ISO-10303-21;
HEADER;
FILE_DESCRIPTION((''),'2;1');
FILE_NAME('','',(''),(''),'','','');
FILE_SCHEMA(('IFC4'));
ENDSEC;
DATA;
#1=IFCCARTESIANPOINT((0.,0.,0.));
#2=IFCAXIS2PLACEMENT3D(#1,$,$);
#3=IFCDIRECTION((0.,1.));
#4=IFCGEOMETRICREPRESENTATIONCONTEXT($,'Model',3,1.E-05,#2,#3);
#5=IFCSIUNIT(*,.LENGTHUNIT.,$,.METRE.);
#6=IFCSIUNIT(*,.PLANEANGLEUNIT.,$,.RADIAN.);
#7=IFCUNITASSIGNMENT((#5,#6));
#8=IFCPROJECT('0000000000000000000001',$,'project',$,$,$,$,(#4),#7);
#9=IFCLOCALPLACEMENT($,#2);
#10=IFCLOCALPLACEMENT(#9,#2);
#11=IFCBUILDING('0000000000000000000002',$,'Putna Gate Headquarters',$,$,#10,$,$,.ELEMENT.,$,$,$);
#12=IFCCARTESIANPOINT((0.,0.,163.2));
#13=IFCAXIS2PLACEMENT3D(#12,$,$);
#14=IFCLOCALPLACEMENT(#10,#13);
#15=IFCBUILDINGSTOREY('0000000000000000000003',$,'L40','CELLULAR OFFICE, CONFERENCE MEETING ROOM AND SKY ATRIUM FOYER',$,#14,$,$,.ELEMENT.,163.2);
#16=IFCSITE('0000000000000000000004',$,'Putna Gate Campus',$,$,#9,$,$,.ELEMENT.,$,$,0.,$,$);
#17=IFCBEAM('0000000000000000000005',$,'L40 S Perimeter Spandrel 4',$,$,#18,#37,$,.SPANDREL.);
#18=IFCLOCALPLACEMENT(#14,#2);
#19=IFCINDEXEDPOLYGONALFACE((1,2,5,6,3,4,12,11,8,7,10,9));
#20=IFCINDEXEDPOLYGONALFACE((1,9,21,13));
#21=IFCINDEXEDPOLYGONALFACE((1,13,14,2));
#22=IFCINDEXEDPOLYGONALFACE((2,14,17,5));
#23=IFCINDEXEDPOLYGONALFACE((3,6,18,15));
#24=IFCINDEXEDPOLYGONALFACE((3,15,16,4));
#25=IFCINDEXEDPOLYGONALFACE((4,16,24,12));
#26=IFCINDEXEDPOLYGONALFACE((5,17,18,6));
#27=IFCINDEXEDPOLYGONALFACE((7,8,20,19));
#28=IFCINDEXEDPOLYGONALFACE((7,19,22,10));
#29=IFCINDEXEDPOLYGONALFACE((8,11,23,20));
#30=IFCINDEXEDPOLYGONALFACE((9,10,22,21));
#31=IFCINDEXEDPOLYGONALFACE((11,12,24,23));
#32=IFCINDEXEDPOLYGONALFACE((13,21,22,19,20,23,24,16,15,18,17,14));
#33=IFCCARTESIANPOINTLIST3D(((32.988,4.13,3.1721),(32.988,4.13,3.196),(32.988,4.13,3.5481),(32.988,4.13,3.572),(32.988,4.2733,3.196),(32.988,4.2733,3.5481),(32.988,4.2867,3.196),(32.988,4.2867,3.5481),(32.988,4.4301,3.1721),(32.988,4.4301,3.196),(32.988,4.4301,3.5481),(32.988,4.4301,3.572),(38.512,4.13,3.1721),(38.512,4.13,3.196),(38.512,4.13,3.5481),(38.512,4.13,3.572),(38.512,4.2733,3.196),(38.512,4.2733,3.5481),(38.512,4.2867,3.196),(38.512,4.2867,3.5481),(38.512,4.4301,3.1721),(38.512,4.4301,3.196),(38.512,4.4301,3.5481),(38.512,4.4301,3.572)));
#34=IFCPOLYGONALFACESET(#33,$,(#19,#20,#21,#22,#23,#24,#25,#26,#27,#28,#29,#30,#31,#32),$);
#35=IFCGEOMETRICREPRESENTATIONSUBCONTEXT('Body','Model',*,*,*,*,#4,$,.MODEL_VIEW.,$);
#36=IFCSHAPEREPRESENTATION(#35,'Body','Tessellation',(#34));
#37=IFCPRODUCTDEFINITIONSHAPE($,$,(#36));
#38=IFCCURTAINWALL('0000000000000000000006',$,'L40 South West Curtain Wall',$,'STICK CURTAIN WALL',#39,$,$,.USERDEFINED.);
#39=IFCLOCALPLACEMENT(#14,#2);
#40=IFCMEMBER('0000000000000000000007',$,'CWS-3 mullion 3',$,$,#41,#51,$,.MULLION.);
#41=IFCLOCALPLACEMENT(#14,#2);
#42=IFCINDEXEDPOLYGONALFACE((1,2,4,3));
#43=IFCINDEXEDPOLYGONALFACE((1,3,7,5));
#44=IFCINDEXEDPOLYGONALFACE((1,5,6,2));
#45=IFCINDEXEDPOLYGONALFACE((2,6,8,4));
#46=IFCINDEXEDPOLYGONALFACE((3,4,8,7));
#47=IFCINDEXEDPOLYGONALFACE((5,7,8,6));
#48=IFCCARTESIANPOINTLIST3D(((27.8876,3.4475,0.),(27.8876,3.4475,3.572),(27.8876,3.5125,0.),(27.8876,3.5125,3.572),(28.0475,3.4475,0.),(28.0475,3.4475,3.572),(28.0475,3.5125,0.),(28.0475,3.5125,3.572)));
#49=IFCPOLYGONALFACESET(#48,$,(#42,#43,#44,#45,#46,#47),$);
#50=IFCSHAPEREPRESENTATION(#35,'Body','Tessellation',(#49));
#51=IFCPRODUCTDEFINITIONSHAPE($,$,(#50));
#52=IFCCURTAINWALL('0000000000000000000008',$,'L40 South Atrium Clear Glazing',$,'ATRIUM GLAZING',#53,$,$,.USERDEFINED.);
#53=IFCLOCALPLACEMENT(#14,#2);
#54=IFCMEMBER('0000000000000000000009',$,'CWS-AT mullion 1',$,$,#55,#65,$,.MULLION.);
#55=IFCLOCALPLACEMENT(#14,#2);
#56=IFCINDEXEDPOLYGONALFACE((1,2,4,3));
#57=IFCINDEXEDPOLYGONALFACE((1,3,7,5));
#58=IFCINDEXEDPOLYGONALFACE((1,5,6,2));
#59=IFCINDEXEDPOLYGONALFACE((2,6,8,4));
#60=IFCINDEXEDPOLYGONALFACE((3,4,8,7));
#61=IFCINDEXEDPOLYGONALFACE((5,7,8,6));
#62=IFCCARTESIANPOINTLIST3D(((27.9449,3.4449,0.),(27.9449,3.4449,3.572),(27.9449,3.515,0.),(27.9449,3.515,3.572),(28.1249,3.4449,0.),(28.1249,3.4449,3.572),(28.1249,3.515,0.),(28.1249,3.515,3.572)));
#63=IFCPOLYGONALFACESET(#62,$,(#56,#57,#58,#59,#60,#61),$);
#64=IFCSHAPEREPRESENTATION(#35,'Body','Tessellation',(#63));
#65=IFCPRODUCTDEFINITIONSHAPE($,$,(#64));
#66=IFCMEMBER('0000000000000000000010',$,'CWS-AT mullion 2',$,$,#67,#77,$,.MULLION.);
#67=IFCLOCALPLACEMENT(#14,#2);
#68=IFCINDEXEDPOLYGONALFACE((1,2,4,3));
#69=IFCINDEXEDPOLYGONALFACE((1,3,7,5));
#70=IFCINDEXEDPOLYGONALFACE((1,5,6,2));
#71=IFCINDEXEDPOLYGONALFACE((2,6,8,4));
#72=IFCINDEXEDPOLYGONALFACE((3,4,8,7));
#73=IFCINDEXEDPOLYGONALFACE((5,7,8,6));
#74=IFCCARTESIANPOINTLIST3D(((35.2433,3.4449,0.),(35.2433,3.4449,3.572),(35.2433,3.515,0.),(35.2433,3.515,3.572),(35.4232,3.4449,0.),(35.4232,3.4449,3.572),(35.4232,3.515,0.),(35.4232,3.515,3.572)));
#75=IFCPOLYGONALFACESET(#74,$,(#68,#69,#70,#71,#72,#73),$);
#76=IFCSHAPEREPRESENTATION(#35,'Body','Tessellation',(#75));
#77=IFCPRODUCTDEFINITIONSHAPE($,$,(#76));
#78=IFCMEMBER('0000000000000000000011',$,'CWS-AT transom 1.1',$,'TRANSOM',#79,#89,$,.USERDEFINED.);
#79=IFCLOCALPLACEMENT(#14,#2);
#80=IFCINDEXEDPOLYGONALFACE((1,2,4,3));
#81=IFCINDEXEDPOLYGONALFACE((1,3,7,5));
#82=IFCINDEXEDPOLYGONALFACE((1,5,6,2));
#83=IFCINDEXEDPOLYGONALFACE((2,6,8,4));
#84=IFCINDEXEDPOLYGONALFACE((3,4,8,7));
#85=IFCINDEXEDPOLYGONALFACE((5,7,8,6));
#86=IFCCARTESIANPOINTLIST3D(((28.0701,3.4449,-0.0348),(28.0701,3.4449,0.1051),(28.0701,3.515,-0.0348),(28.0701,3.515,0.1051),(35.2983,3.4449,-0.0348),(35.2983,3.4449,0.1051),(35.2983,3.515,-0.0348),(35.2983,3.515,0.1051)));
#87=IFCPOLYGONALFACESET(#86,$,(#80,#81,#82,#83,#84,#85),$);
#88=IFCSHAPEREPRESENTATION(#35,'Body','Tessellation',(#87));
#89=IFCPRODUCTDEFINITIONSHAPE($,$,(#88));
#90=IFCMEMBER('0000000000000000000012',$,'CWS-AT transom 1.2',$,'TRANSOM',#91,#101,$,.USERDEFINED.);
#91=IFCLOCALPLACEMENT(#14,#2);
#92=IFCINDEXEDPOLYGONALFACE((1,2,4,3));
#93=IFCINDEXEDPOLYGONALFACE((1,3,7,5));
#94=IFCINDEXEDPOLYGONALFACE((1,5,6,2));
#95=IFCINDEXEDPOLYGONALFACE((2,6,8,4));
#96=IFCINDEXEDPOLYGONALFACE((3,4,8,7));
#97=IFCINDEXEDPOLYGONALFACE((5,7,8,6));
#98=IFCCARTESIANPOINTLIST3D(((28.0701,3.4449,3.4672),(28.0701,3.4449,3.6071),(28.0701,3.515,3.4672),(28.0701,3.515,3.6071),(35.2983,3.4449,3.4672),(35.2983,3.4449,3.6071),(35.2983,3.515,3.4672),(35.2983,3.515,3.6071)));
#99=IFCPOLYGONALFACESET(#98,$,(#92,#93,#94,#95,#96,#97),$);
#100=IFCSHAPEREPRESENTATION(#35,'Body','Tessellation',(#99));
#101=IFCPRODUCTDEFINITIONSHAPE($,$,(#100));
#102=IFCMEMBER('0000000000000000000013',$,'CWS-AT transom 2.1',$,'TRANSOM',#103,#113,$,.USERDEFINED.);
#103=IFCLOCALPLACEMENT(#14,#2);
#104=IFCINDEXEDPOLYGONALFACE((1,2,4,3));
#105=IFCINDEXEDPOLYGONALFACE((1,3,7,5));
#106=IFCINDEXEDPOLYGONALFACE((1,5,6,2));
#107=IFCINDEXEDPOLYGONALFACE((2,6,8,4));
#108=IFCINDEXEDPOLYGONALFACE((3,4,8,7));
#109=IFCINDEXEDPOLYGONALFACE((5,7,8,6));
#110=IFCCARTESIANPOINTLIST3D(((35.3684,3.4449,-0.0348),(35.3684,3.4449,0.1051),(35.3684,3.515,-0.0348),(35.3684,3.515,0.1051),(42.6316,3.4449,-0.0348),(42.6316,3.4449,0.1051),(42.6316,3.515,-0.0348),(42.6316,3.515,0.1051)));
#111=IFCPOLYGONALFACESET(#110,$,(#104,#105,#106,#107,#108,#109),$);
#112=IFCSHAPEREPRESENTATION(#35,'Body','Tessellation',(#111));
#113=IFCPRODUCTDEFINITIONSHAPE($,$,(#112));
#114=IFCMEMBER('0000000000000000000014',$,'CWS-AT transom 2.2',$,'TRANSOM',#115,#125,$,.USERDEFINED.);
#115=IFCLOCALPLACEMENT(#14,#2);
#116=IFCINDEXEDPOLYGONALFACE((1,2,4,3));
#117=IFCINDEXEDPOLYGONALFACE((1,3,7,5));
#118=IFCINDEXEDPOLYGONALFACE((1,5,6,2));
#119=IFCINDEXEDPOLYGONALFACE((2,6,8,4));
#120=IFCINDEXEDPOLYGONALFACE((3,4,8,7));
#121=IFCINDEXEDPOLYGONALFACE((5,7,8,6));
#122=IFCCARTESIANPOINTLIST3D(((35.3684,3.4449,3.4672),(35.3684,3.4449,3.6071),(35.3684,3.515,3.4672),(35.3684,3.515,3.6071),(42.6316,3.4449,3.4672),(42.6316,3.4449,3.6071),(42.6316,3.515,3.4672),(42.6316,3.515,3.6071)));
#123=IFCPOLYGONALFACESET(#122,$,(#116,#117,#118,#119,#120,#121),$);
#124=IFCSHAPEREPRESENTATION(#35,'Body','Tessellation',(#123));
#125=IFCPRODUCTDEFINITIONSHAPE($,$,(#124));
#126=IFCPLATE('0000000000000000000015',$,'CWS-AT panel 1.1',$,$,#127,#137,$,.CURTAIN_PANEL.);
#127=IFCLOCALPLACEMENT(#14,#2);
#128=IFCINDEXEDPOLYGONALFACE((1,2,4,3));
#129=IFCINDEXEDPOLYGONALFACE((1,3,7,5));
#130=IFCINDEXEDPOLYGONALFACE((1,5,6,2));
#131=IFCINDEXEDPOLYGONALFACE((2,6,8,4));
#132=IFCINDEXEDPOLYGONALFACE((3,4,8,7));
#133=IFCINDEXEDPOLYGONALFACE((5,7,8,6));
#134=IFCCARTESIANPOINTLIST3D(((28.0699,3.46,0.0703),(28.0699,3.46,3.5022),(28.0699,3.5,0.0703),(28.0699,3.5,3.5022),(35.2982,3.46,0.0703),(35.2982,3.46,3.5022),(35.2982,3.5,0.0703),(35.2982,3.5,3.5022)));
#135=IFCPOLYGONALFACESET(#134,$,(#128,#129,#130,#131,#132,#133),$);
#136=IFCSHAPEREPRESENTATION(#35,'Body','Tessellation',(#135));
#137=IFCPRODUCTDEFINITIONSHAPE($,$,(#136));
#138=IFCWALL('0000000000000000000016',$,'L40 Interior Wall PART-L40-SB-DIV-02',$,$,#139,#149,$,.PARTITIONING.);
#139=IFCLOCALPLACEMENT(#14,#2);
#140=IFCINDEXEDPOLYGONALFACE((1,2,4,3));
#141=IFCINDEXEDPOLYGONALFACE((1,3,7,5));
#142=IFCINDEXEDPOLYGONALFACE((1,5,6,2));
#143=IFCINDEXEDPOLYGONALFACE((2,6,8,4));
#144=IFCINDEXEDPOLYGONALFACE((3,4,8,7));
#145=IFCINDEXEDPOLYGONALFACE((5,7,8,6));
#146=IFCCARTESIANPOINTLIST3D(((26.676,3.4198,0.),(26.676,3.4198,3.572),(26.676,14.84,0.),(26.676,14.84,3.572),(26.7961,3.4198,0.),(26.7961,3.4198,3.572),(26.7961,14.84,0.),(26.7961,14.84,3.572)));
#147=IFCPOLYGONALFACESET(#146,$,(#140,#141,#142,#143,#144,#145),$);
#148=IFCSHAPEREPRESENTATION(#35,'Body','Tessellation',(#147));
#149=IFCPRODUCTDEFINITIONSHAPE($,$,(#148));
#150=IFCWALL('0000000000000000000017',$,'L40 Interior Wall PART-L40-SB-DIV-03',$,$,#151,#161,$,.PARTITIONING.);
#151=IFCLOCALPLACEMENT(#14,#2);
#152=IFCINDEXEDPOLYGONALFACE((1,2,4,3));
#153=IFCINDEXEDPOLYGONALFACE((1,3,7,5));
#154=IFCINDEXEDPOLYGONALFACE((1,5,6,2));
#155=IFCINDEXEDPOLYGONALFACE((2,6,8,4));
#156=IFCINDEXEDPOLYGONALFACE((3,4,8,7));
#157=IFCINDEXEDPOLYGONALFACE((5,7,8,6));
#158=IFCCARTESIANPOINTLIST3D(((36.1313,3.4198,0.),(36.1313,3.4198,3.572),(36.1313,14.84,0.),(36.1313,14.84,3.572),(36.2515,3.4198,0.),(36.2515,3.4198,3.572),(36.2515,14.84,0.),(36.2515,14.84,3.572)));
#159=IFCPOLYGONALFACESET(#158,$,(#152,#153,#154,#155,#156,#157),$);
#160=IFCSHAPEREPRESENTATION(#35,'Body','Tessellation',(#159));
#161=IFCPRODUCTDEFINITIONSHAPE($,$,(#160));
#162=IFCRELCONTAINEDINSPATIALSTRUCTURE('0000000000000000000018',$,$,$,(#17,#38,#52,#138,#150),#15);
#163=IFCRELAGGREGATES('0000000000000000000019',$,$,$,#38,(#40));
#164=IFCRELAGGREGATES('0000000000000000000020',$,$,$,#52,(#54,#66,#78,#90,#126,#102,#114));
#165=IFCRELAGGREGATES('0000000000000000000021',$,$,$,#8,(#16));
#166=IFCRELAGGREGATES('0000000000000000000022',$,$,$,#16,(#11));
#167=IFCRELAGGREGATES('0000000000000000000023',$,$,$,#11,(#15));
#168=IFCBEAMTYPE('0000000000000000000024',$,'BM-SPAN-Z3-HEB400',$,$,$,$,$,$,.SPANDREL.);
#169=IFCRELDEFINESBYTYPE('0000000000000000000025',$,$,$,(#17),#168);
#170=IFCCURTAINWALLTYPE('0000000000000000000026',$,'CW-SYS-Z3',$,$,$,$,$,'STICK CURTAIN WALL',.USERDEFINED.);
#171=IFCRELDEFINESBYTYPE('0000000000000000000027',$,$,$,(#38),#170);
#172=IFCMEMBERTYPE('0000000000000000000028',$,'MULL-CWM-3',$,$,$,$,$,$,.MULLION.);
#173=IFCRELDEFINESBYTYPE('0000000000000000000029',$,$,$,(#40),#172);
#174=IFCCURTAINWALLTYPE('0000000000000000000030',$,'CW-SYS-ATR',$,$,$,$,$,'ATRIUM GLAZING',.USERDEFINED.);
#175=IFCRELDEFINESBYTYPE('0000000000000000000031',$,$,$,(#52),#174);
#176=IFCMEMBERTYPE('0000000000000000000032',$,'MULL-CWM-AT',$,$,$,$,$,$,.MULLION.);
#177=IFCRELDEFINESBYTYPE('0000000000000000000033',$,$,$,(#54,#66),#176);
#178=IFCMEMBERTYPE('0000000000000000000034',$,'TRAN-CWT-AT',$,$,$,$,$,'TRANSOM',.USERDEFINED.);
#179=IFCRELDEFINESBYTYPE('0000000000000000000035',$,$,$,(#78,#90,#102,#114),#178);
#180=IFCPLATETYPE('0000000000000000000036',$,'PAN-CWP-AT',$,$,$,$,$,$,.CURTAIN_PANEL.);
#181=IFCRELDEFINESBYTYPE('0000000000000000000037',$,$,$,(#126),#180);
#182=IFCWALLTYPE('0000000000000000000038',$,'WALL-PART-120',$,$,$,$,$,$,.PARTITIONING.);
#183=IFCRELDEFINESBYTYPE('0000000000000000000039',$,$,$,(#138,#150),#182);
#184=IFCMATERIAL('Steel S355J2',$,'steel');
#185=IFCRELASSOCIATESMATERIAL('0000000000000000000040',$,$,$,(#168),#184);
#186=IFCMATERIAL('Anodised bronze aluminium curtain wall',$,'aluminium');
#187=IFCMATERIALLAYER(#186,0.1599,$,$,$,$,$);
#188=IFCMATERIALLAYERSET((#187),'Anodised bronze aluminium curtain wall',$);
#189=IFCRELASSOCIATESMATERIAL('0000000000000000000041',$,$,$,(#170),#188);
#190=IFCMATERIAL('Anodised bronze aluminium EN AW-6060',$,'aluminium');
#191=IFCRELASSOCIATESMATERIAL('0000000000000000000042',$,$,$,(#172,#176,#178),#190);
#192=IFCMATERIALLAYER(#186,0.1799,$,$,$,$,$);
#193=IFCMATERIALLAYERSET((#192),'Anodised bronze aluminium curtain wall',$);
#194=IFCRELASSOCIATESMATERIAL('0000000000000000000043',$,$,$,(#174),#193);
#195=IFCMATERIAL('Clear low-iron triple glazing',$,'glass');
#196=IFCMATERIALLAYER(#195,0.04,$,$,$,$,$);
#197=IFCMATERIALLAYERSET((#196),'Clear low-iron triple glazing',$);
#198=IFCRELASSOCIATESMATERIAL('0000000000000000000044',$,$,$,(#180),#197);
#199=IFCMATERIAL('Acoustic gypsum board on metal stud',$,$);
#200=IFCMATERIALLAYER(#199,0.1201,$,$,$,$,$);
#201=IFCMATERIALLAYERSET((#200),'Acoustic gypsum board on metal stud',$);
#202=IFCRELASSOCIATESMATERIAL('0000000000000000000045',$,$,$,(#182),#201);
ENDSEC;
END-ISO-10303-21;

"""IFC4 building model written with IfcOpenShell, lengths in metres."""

from ifc_helpers import new_model, si_unit, direction, frame, frame_2d, origin, origin_2d, place, context, subcontext, project, spatial, rectangle, i_section, extrude, material, layer, layer_set, material_profile, profile_set, type_object, element, aggregate, save


model = new_model("IFC4")

# Units and contexts
model_context = context("Model", 3, precision=1e-05, world=origin(), true_north=direction((0.0, 1.0)))
body_context = subcontext(model_context, "Body", "Model", "MODEL_VIEW")
ifc_project = project(units=[si_unit("LENGTHUNIT", "METRE"), si_unit("PLANEANGLEUNIT", "RADIAN")], contexts=[model_context])

# Site, building, storey
site_placement = place(None, origin())
site = spatial("IfcSite", under=ifc_project, at=site_placement, Name="Putna Gate Campus", CompositionType="ELEMENT", RefElevation=0.0)
building_placement = place(site_placement, origin())
building = spatial("IfcBuilding", under=site, at=building_placement, Name="Putna Gate Headquarters", CompositionType="ELEMENT")
storey_placement = place(building_placement, frame((0.0, 0.0, 163.2)))
storey = spatial("IfcBuildingStorey", under=building, at=storey_placement, Name="L40", Description="CELLULAR OFFICE, CONFERENCE MEETING ROOM AND SKY ATRIUM FOYER", CompositionType="ELEMENT", Elevation=163.2)

# Beam
ifc_material_1 = material(Name="Steel S355J2", Category="steel")
ifc_material_profile_1 = material_profile(ifc_material_1, i_section(OverallWidth=0.3, OverallDepth=0.3999, WebThickness=0.0134, FlangeThickness=0.0239, at=origin_2d()), Name="Steel S355J2")
ifc_profile_set_1 = profile_set([ifc_material_profile_1], Name="Steel S355J2")
beam_type_1 = type_object("IfcBeamType", Name="BM-SPAN-Z3-HEB400", PredefinedType="SPANDREL", material=ifc_profile_set_1)
beam_1_placement = place(storey_placement, frame((32.988, 4.28, 3.3721), z_axis=(1.0, 0.0, 0.0), x_axis=(0.0, 1.0, 0.0)))
element("IfcBeam", 1, at=beam_1_placement, inside=storey, type_object=beam_type_1, Name="L40 S Perimeter Spandrel 4", PredefinedType="SPANDREL", context=body_context, shape_type="SweptSolid", body=[
    extrude(i_section(OverallWidth=0.3, OverallDepth=0.3999, WebThickness=0.0134, FlangeThickness=0.0239, at=origin_2d()), origin(), (0.0, 0.0, 1.0), 5.5239),
])

# Curtain wall, member
ifc_material_2 = material(Name="Anodised bronze aluminium curtain wall", Category="aluminium")
ifc_layer_1 = layer(ifc_material_2, 0.1599)
ifc_layer_set_1 = layer_set([ifc_layer_1], Name="Anodised bronze aluminium curtain wall")
curtain_wall_type_1 = type_object("IfcCurtainWallType", Name="CW-SYS-Z3", ElementType="STICK CURTAIN WALL", PredefinedType="USERDEFINED", material=ifc_layer_set_1)
curtain_wall_1_placement = place(storey_placement, origin())
curtain_wall_1 = element("IfcCurtainWall", 2, at=curtain_wall_1_placement, inside=storey, type_object=curtain_wall_type_1, Name="L40 South West Curtain Wall", ObjectType="STICK CURTAIN WALL", PredefinedType="USERDEFINED")
ifc_material_3 = material(Name="Anodised bronze aluminium EN AW-6060", Category="aluminium")
ifc_material_profile_2 = material_profile(ifc_material_3, rectangle(XDim=0.0649, YDim=0.1599, at=origin_2d()), Name="Anodised bronze aluminium EN AW-6060")
ifc_profile_set_2 = profile_set([ifc_material_profile_2], Name="Anodised bronze aluminium EN AW-6060")
member_type_1 = type_object("IfcMemberType", Name="MULL-CWM-3", PredefinedType="MULLION", material=ifc_profile_set_2)
member_1_placement = place(storey_placement, frame((27.9675, 3.48, 0.0), z_axis=(0.0, 0.0, 1.0), x_axis=(0.0, 1.0, 0.0)))
member_1 = element("IfcMember", 3, at=member_1_placement, type_object=member_type_1, Name="CWS-3 mullion 3", PredefinedType="MULLION", context=body_context, shape_type="SweptSolid", body=[
    extrude(rectangle(XDim=0.0649, YDim=0.1599, at=origin_2d()), origin(), (0.0, 0.0, 1.0), 3.572),
])
aggregate(curtain_wall_1, [member_1])

# Curtain wall, members, plate
ifc_layer_2 = layer(ifc_material_2, 0.1799)
ifc_layer_set_2 = layer_set([ifc_layer_2], Name="Anodised bronze aluminium curtain wall")
curtain_wall_type_2 = type_object("IfcCurtainWallType", Name="CW-SYS-ATR", ElementType="ATRIUM GLAZING", PredefinedType="USERDEFINED", material=ifc_layer_set_2)
curtain_wall_2_placement = place(storey_placement, origin())
curtain_wall_2 = element("IfcCurtainWall", 4, at=curtain_wall_2_placement, inside=storey, type_object=curtain_wall_type_2, Name="L40 South Atrium Clear Glazing", ObjectType="ATRIUM GLAZING", PredefinedType="USERDEFINED")
ifc_material_profile_3 = material_profile(ifc_material_3, rectangle(XDim=0.0701, YDim=0.1799, at=origin_2d()), Name="Anodised bronze aluminium EN AW-6060")
ifc_profile_set_3 = profile_set([ifc_material_profile_3], Name="Anodised bronze aluminium EN AW-6060")
member_type_2 = type_object("IfcMemberType", Name="MULL-CWM-AT", PredefinedType="MULLION", material=ifc_profile_set_3)
member_2_placement = place(storey_placement, frame((28.0349, 3.48, 0.0), z_axis=(0.0, 0.0, 1.0), x_axis=(0.0, 1.0, 0.0)))
member_2 = element("IfcMember", 5, at=member_2_placement, type_object=member_type_2, Name="CWS-AT mullion 1", PredefinedType="MULLION", context=body_context, shape_type="SweptSolid", body=[
    extrude(rectangle(XDim=0.0701, YDim=0.1799, at=origin_2d()), origin(), (0.0, 0.0, 1.0), 3.572),
])
member_3_placement = place(storey_placement, frame((35.3333, 3.48, 0.0), z_axis=(0.0, 0.0, 1.0), x_axis=(0.0, 1.0, 0.0)))
member_3 = element("IfcMember", 6, at=member_3_placement, type_object=member_type_2, Name="CWS-AT mullion 2", PredefinedType="MULLION", context=body_context, shape_type="SweptSolid", body=[
    extrude(rectangle(XDim=0.0701, YDim=0.1799, at=origin_2d()), origin(), (0.0, 0.0, 1.0), 3.572),
])
ifc_material_profile_4 = material_profile(ifc_material_3, rectangle(XDim=0.0701, YDim=0.1399, at=origin_2d()), Name="Anodised bronze aluminium EN AW-6060")
ifc_profile_set_4 = profile_set([ifc_material_profile_4], Name="Anodised bronze aluminium EN AW-6060")
member_type_3 = type_object("IfcMemberType", Name="TRAN-CWT-AT", ElementType="TRANSOM", PredefinedType="USERDEFINED", material=ifc_profile_set_4)
member_4_placement = place(storey_placement, frame((28.0701, 3.48, 0.0352), z_axis=(1.0, 0.0, 0.0), x_axis=(0.0, 1.0, 0.0)))
member_4 = element("IfcMember", 7, at=member_4_placement, type_object=member_type_3, Name="CWS-AT transom 1.1", ObjectType="TRANSOM", PredefinedType="USERDEFINED", context=body_context, shape_type="SweptSolid", body=[
    extrude(rectangle(XDim=0.0701, YDim=0.1399, at=origin_2d()), origin(), (0.0, 0.0, 1.0), 7.2283),
])
member_5_placement = place(storey_placement, frame((28.0701, 3.48, 3.5371), z_axis=(1.0, 0.0, 0.0), x_axis=(0.0, 1.0, 0.0)))
member_5 = element("IfcMember", 8, at=member_5_placement, type_object=member_type_3, Name="CWS-AT transom 1.2", ObjectType="TRANSOM", PredefinedType="USERDEFINED", context=body_context, shape_type="SweptSolid", body=[
    extrude(rectangle(XDim=0.0701, YDim=0.1399, at=origin_2d()), origin(), (0.0, 0.0, 1.0), 7.2283),
])
member_6_placement = place(storey_placement, frame((35.3684, 3.48, 0.0352), z_axis=(1.0, 0.0, 0.0), x_axis=(0.0, 1.0, 0.0)))
member_6 = element("IfcMember", 9, at=member_6_placement, type_object=member_type_3, Name="CWS-AT transom 2.1", ObjectType="TRANSOM", PredefinedType="USERDEFINED", context=body_context, shape_type="SweptSolid", body=[
    extrude(rectangle(XDim=0.0701, YDim=0.1399, at=origin_2d()), origin(), (0.0, 0.0, 1.0), 7.2632),
])
member_7_placement = place(storey_placement, frame((35.3684, 3.48, 3.5371), z_axis=(1.0, 0.0, 0.0), x_axis=(0.0, 1.0, 0.0)))
member_7 = element("IfcMember", 10, at=member_7_placement, type_object=member_type_3, Name="CWS-AT transom 2.2", ObjectType="TRANSOM", PredefinedType="USERDEFINED", context=body_context, shape_type="SweptSolid", body=[
    extrude(rectangle(XDim=0.0701, YDim=0.1399, at=origin_2d()), origin(), (0.0, 0.0, 1.0), 7.2632),
])
ifc_material_4 = material(Name="Clear low-iron triple glazing", Category="glass")
ifc_layer_3 = layer(ifc_material_4, 0.04)
ifc_layer_set_3 = layer_set([ifc_layer_3], Name="Clear low-iron triple glazing")
plate_type = type_object("IfcPlateType", Name="PAN-CWP-AT", PredefinedType="CURTAIN_PANEL", material=ifc_layer_set_3)
plate_placement = place(storey_placement, frame((31.6841, 3.48, 0.0703), z_axis=(0.0, 0.0, 1.0), x_axis=(1.0, 0.0, 0.0)))
plate = element("IfcPlate", 11, at=plate_placement, type_object=plate_type, Name="CWS-AT panel 1.1", PredefinedType="CURTAIN_PANEL", context=body_context, shape_type="SweptSolid", body=[
    extrude(rectangle(XDim=7.2283, YDim=0.04, at=origin_2d()), origin(), (0.0, 0.0, 1.0), 3.4319),
])
aggregate(curtain_wall_2, [member_2, member_3, member_4, member_5, plate, member_6, member_7])

# Walls
ifc_material_5 = material(Name="Acoustic gypsum board on metal stud")
ifc_layer_4 = layer(ifc_material_5, 0.1201)
ifc_layer_set_4 = layer_set([ifc_layer_4], Name="Acoustic gypsum board on metal stud")
wall_type_1 = type_object("IfcWallType", Name="WALL-PART-120", PredefinedType="PARTITIONING", material=ifc_layer_set_4)
for number, where, z_axis, x_axis, name in (
    (12, (26.7361, 3.4199, 0.0), (0.0, 0.0, 1.0), (0.0, 1.0, 0.0), "L40 Interior Wall PART-L40-SB-DIV-02"),
    (13, (36.1914, 3.4199, 0.0), (0.0, 0.0, 1.0), (0.0, 1.0, 0.0), "L40 Interior Wall PART-L40-SB-DIV-03"),
):
    element("IfcWall", number, at=place(storey_placement, frame(where, z_axis=z_axis, x_axis=x_axis)), inside=storey, type_object=wall_type_1, Name=name, PredefinedType="PARTITIONING", context=body_context, shape_type="SweptSolid", body=[
        extrude(rectangle(XDim=11.4202, YDim=0.1201, at=frame_2d((5.71, 0.0))), origin(), (0.0, 0.0, 1.0), 3.572),
    ])

save(model, "model.ifc")
